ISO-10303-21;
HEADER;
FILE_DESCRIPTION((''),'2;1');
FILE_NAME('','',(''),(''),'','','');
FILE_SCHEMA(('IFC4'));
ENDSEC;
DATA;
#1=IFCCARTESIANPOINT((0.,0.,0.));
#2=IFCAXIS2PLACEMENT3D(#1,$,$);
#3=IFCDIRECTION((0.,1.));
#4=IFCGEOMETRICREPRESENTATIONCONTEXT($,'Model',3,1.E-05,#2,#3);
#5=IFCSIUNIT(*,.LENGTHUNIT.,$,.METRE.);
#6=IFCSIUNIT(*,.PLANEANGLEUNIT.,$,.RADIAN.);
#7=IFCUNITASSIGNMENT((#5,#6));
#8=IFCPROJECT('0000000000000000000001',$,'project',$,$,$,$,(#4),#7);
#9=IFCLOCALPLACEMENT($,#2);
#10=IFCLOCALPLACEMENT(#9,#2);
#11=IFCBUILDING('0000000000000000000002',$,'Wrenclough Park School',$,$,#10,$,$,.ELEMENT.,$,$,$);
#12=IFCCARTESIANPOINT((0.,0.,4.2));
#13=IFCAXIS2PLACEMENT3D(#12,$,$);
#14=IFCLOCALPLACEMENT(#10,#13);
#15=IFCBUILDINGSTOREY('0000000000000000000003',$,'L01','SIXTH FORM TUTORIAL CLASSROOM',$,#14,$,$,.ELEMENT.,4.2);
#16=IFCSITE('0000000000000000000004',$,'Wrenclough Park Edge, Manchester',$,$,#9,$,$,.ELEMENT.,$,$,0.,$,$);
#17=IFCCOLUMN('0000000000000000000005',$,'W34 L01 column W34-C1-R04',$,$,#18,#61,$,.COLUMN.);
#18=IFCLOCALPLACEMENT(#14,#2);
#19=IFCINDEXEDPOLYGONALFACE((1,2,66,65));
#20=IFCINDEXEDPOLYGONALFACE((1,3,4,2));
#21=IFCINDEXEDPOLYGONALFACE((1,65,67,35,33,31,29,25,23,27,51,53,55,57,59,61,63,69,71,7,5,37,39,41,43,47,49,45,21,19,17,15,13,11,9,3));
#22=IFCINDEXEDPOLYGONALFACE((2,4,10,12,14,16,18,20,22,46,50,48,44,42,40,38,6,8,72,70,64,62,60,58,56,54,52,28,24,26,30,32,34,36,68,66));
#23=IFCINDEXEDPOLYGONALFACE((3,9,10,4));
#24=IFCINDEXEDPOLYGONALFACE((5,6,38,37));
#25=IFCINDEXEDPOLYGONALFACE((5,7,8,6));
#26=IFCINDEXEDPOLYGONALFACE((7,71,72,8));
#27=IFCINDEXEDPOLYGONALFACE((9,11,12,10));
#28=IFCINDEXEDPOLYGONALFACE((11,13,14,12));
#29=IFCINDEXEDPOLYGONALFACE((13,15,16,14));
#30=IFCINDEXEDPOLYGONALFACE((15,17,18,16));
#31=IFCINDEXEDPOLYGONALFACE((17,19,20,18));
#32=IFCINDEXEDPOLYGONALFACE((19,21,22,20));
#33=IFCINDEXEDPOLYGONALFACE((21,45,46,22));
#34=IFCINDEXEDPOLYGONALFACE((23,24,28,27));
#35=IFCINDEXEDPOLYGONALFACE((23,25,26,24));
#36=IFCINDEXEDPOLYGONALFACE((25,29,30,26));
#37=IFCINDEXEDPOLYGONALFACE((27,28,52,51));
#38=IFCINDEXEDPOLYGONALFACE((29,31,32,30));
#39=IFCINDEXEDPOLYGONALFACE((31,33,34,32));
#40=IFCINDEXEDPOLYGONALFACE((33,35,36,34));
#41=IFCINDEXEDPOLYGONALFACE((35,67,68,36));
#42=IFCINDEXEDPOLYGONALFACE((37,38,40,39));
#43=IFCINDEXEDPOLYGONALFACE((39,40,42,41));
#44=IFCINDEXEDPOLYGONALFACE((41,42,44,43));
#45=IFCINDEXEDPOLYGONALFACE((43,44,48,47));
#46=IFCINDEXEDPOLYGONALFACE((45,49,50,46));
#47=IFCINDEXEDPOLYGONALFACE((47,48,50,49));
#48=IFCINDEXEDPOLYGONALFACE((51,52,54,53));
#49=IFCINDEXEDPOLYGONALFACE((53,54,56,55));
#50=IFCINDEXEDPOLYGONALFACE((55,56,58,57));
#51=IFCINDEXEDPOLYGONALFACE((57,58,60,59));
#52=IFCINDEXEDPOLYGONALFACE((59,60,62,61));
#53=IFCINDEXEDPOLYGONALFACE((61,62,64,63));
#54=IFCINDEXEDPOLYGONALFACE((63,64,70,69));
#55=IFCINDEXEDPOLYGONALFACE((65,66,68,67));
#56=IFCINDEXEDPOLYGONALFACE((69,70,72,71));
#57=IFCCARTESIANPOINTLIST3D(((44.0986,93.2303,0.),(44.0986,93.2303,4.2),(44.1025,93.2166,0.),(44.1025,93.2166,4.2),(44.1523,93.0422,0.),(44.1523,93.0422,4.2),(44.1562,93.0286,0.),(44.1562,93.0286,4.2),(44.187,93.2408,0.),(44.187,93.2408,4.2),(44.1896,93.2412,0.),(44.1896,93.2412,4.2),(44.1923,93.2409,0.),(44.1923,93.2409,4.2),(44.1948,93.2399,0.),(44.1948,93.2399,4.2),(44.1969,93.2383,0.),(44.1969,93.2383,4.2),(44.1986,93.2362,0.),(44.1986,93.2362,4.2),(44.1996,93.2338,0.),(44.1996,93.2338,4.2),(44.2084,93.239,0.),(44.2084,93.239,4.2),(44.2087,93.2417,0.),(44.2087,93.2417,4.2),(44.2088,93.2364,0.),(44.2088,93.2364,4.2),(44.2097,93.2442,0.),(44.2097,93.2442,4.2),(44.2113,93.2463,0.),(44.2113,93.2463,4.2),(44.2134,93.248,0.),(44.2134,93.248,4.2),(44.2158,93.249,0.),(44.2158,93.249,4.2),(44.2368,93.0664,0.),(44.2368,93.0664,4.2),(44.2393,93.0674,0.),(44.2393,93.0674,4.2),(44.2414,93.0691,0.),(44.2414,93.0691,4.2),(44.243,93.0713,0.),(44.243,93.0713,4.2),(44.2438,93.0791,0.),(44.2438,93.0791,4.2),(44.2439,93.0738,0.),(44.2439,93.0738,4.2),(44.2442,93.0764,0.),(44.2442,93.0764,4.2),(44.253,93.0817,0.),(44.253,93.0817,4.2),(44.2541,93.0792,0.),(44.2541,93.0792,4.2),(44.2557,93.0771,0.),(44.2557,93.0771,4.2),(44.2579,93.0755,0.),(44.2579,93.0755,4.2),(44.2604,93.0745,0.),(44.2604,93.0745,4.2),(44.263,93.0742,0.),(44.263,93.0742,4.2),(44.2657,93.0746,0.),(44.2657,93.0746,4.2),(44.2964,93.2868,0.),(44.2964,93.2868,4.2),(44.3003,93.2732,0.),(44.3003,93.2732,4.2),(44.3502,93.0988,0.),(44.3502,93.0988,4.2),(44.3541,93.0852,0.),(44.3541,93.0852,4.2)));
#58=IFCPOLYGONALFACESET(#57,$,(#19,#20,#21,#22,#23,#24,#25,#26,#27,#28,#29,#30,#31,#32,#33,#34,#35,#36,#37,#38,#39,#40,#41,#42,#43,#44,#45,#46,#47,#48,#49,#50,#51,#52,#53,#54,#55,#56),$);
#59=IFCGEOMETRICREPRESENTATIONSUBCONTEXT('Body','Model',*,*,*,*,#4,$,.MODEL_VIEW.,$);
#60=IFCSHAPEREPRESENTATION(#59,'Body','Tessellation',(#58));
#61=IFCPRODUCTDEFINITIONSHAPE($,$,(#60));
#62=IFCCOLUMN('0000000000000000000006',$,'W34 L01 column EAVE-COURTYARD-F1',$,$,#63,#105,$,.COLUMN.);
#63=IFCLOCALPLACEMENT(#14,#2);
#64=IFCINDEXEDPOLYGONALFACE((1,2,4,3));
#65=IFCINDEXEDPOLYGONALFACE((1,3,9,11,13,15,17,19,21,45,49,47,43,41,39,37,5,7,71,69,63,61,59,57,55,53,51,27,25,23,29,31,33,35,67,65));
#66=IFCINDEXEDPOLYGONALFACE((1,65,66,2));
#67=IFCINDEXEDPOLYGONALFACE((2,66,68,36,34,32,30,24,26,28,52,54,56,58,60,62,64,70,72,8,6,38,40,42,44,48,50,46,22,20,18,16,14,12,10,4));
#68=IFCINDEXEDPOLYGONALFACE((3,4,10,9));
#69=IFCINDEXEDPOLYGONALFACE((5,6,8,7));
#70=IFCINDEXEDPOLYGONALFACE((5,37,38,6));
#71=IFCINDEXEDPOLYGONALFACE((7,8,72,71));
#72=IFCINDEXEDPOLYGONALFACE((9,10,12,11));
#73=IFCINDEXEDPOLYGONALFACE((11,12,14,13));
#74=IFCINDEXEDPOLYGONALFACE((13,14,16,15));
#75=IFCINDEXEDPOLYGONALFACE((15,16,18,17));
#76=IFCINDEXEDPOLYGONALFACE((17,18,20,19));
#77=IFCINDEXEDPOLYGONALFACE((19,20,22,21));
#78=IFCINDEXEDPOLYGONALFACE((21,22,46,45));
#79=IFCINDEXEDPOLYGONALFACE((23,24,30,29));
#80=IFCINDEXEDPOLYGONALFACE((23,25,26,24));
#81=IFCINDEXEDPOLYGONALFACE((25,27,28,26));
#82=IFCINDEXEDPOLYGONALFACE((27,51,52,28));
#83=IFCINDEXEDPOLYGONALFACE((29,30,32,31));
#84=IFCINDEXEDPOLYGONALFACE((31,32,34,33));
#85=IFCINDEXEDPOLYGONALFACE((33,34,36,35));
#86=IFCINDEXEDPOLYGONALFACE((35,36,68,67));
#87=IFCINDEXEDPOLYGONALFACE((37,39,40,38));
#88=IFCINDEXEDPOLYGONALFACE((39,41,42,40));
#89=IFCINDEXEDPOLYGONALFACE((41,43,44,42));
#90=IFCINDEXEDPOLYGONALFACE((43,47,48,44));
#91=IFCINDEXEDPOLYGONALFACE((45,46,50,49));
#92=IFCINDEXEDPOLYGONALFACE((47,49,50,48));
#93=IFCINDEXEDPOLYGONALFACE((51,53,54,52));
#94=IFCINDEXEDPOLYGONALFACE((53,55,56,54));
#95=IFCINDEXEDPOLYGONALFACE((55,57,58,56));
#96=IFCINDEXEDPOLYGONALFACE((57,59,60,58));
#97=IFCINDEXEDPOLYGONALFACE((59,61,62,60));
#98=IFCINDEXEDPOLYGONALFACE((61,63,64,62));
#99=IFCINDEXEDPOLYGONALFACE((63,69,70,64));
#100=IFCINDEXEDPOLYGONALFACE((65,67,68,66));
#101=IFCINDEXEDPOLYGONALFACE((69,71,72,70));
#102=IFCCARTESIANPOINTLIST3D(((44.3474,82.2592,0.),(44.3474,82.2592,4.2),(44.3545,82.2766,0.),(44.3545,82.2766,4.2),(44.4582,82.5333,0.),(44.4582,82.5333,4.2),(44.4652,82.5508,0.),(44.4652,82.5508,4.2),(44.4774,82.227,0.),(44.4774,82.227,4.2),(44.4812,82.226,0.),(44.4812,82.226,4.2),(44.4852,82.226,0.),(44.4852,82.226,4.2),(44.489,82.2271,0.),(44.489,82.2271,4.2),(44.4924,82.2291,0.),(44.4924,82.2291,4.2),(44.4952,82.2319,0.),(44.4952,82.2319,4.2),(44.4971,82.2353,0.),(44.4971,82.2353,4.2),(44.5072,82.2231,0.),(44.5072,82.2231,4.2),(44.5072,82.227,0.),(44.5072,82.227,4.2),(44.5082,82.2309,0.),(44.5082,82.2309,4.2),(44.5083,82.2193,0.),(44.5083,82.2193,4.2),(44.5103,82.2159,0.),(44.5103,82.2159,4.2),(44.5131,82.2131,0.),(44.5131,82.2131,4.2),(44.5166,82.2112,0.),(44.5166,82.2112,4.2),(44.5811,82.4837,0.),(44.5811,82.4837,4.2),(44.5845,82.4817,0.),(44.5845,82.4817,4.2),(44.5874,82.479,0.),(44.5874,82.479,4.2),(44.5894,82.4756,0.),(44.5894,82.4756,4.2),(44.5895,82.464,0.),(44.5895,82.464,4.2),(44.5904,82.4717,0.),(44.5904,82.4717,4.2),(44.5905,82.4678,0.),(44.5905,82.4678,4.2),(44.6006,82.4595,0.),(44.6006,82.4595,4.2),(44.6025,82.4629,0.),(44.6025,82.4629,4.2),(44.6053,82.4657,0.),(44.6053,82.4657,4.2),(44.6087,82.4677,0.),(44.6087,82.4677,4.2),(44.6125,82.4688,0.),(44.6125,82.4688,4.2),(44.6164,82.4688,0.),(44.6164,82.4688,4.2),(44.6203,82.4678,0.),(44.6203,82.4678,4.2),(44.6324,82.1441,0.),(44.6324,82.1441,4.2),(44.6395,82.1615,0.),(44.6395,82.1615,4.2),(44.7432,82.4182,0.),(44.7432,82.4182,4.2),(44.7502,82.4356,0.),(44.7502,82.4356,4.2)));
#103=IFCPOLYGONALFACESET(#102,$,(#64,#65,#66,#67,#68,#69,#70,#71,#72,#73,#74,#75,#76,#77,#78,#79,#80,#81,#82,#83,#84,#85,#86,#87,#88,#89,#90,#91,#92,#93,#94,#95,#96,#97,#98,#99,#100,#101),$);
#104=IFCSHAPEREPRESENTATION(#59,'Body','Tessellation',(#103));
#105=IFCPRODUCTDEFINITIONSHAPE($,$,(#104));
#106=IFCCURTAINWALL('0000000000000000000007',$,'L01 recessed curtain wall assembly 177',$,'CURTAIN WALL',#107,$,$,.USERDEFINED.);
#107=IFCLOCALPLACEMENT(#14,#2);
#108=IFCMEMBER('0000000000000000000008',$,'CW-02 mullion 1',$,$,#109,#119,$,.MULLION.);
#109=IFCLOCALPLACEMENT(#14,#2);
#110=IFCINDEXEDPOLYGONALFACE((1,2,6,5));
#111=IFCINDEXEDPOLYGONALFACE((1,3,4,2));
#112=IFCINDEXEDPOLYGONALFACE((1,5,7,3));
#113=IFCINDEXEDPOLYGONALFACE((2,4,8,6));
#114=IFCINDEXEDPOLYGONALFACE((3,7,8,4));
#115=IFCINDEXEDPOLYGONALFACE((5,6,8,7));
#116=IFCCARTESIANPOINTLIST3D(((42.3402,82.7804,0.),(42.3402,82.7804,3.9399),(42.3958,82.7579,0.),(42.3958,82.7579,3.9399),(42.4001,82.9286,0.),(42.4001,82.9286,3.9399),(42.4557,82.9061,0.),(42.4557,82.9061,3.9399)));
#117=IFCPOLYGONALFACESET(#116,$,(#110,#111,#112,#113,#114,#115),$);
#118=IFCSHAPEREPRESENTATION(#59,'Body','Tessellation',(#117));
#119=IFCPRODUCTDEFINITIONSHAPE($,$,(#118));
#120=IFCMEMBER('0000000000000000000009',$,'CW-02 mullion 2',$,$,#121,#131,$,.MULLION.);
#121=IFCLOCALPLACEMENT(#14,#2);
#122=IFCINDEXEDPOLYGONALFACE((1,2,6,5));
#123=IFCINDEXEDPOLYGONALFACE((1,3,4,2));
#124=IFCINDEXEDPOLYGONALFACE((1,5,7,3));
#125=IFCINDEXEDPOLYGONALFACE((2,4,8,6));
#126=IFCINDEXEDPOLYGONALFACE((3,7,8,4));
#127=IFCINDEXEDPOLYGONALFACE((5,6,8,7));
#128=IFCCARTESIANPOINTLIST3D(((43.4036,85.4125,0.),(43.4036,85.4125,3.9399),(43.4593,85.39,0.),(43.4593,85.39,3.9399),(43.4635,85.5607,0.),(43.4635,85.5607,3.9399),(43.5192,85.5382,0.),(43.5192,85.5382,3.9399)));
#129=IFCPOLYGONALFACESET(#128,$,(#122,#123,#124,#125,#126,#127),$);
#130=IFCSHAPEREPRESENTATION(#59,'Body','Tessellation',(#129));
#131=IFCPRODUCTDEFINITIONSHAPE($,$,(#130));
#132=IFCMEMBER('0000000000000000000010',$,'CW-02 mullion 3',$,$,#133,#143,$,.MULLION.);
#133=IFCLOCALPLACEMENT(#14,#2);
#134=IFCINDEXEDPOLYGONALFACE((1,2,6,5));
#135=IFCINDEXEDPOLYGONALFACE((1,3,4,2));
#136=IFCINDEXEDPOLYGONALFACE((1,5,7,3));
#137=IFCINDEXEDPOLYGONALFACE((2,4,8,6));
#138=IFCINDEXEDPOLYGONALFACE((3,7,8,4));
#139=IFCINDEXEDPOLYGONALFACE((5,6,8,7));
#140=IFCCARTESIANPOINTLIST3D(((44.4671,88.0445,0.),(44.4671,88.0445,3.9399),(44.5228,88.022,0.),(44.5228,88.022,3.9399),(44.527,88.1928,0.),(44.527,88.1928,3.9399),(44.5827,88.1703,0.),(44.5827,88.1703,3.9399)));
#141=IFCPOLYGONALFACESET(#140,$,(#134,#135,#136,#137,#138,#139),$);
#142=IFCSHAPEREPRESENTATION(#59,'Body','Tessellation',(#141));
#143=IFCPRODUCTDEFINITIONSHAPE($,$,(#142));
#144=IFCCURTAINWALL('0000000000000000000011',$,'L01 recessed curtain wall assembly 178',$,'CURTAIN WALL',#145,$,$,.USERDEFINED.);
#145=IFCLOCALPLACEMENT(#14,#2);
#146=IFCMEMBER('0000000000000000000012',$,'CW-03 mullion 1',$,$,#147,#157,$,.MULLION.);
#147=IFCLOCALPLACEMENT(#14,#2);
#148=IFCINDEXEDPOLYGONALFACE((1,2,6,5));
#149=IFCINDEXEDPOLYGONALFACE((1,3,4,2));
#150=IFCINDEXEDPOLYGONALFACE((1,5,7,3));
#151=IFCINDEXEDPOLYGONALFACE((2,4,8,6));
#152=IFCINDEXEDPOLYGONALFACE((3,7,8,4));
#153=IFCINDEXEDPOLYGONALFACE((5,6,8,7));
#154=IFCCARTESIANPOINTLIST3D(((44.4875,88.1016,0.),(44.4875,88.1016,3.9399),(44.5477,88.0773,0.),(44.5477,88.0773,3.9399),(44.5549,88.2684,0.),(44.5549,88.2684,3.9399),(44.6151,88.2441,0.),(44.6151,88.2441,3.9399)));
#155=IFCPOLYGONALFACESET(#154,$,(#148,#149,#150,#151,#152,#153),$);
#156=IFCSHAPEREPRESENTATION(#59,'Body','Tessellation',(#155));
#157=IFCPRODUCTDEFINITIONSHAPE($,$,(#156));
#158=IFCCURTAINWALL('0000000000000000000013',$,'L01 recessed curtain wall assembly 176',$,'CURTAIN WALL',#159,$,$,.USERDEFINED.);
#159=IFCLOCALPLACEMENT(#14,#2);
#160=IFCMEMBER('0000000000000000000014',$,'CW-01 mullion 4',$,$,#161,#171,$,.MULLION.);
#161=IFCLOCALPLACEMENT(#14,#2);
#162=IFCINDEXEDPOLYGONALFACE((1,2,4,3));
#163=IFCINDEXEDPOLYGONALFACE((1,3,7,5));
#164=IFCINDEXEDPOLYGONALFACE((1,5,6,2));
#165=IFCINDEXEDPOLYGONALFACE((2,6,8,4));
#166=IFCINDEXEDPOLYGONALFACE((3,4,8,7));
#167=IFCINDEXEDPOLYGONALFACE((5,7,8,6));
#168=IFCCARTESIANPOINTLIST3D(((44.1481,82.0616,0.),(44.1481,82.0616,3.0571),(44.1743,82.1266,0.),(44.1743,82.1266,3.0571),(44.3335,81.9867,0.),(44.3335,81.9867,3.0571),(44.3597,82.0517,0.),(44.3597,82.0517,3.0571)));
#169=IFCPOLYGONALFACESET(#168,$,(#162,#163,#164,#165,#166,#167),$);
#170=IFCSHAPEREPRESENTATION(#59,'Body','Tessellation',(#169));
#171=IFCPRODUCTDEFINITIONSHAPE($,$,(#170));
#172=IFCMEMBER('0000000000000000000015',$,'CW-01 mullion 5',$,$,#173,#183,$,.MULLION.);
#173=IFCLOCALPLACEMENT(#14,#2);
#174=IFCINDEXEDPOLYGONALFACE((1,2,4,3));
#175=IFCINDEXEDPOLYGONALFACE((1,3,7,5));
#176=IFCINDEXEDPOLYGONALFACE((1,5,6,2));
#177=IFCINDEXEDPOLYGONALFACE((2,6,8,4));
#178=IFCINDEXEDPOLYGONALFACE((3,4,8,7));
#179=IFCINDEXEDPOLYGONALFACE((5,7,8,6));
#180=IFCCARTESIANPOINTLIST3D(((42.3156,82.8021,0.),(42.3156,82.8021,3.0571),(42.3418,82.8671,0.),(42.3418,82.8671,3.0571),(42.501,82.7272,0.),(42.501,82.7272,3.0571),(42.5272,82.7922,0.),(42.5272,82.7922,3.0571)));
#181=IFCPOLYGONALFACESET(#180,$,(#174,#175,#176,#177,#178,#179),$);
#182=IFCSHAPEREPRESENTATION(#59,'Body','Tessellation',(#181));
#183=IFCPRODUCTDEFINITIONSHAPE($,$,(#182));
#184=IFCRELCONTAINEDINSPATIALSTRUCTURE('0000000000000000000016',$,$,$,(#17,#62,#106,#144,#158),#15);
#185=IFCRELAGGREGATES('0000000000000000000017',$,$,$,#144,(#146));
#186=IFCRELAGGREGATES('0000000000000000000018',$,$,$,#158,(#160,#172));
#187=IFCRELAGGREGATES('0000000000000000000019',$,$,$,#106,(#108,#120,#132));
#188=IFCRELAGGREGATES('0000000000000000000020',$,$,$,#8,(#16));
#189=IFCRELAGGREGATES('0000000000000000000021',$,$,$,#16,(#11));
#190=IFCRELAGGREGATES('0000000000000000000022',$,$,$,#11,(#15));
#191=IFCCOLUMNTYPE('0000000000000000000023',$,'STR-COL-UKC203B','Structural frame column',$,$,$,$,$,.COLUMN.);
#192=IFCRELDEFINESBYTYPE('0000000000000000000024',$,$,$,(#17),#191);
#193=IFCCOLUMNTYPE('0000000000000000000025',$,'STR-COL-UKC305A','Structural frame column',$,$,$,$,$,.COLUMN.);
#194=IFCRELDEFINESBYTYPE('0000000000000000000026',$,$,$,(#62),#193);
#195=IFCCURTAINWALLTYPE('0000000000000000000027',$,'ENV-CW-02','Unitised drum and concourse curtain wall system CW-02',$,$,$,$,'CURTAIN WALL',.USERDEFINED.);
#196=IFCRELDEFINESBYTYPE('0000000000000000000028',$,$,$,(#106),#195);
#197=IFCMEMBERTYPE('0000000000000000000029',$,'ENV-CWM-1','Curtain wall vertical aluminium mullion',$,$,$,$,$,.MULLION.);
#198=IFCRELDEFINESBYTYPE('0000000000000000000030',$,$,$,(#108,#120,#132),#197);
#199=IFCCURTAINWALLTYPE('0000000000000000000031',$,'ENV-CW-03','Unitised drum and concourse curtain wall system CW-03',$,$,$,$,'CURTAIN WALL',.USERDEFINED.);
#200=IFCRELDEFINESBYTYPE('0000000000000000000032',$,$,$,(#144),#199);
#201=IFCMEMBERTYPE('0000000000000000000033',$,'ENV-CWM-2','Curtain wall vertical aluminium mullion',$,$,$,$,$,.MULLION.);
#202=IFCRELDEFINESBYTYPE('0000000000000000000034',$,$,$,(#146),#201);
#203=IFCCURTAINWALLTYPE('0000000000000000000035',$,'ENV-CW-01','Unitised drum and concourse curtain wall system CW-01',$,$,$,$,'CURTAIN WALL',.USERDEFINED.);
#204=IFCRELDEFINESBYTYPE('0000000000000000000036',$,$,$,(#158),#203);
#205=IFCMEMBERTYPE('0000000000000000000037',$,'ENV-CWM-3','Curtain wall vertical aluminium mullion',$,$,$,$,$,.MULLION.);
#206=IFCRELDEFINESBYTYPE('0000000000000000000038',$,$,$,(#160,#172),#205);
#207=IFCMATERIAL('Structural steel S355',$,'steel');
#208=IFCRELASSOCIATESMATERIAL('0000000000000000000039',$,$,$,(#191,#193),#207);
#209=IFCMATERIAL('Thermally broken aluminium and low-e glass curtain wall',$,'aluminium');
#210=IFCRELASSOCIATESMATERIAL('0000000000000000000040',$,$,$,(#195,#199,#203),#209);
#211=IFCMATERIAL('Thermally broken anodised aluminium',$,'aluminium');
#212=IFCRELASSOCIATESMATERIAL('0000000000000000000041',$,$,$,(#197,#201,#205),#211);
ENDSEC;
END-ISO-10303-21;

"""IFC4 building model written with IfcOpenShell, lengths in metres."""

from ifc_helpers import new_model, si_unit, direction, frame, origin, origin_2d, place, context, subcontext, project, spatial, rectangle, i_section, extrude, material, material_profile, profile_set, type_object, element, aggregate, save


model = new_model("IFC4")

# Units and contexts
model_context = context("Model", 3, precision=1e-05, world=origin(), true_north=direction((0.0, 1.0)))
body_context = subcontext(model_context, "Body", "Model", "MODEL_VIEW")
ifc_project = project(units=[si_unit("LENGTHUNIT", "METRE"), si_unit("PLANEANGLEUNIT", "RADIAN")], contexts=[model_context])

# Site, building, storey
site_placement = place(None, origin())
site = spatial("IfcSite", under=ifc_project, at=site_placement, Name="Wrenclough Park Edge, Manchester", CompositionType="ELEMENT", RefElevation=0.0)
building_placement = place(site_placement, origin())
building = spatial("IfcBuilding", under=site, at=building_placement, Name="Wrenclough Park School", CompositionType="ELEMENT")
storey_placement = place(building_placement, frame((0.0, 0.0, 4.2)))
storey = spatial("IfcBuildingStorey", under=building, at=storey_placement, Name="L01", Description="SIXTH FORM TUTORIAL CLASSROOM", CompositionType="ELEMENT", Elevation=4.2)

# Columns
ifc_material_1 = material(Name="Structural steel S355", Category="steel")
ifc_material_profile_1 = material_profile(ifc_material_1, i_section(OverallWidth=0.2058, OverallDepth=0.2097, WebThickness=0.0095, FlangeThickness=0.0142, FilletRadius=0.0103, at=origin_2d()), Name="UKC 203x203x60")
ifc_profile_set_1 = profile_set([ifc_material_profile_1], Name="Structural steel S355")
column_type_1 = type_object("IfcColumnType", Name="STR-COL-UKC203B", Description="Structural frame column", PredefinedType="COLUMN", material=ifc_profile_set_1)
column_1_placement = place(storey_placement, frame((44.2263, 93.1577, 0.0), z_axis=(0.0, 0.0, 1.0), x_axis=(0.961502, 0.274798, 0.0)))
element("IfcColumn", 1, at=column_1_placement, inside=storey, type_object=column_type_1, Name="W34 L01 column W34-C1-R04", PredefinedType="COLUMN", context=body_context, shape_type="SweptSolid", body=[
    extrude(i_section(OverallWidth=0.2058, OverallDepth=0.2097, WebThickness=0.0095, FlangeThickness=0.0142, FilletRadius=0.0103, at=origin_2d()), origin(), (0.0, 0.0, 1.0), 4.2),
])
ifc_material_profile_2 = material_profile(ifc_material_1, i_section(OverallWidth=0.3074, OverallDepth=0.3145, WebThickness=0.012, FlangeThickness=0.0188, FilletRadius=0.0151, at=origin_2d()), Name="UKC 305x305x118")
ifc_profile_set_2 = profile_set([ifc_material_profile_2], Name="Structural steel S355")
column_type_2 = type_object("IfcColumnType", Name="STR-COL-UKC305A", Description="Structural frame column", PredefinedType="COLUMN", material=ifc_profile_set_2)
column_2_placement = place(storey_placement, frame((44.5488, 82.3474, 0.0), z_axis=(0.0, 0.0, 1.0), x_axis=(0.927184, -0.374607, 0.0)))
element("IfcColumn", 2, at=column_2_placement, inside=storey, type_object=column_type_2, Name="W34 L01 column EAVE-COURTYARD-F1", PredefinedType="COLUMN", context=body_context, shape_type="SweptSolid", body=[
    extrude(i_section(OverallWidth=0.3074, OverallDepth=0.3145, WebThickness=0.012, FlangeThickness=0.0188, FilletRadius=0.0151, at=origin_2d()), origin(), (0.0, 0.0, 1.0), 4.2),
])

# Curtain wall, members
ifc_material_2 = material(Name="Thermally broken aluminium and low-e glass curtain wall", Category="aluminium")
curtain_wall_type_1 = type_object("IfcCurtainWallType", Name="ENV-CW-02", Description="Unitised drum and concourse curtain wall system CW-02", ElementType="CURTAIN WALL", PredefinedType="USERDEFINED", material=ifc_material_2)
curtain_wall_1_placement = place(storey_placement, origin())
curtain_wall_1 = element("IfcCurtainWall", 3, at=curtain_wall_1_placement, inside=storey, type_object=curtain_wall_type_1, Name="L01 recessed curtain wall assembly 177", ObjectType="CURTAIN WALL", PredefinedType="USERDEFINED")
ifc_material_3 = material(Name="Thermally broken anodised aluminium", Category="aluminium")
ifc_material_profile_3 = material_profile(ifc_material_3, rectangle(XDim=0.0601, YDim=0.1599, at=origin_2d()), Name="AL MULLION 60x160")
ifc_profile_set_3 = profile_set([ifc_material_profile_3], Name="Thermally broken anodised aluminium")
member_type_1 = type_object("IfcMemberType", Name="ENV-CWM-1", Description="Curtain wall vertical aluminium mullion", PredefinedType="MULLION", material=ifc_profile_set_3)
member_1_placement = place(storey_placement, frame((42.3979, 82.8433, 0.0), z_axis=(0.0, 0.0, 1.0), x_axis=(-0.927189, 0.374595, 0.0)))
member_1 = element("IfcMember", 4, at=member_1_placement, type_object=member_type_1, Name="CW-02 mullion 1", PredefinedType="MULLION", context=body_context, shape_type="SweptSolid", body=[
    extrude(rectangle(XDim=0.0601, YDim=0.1599, at=origin_2d()), origin(), (0.0, 0.0, 1.0), 3.9399),
])
member_2_placement = place(storey_placement, frame((43.4614, 85.4753, 0.0), z_axis=(0.0, 0.0, 1.0), x_axis=(-0.927189, 0.374595, 0.0)))
member_2 = element("IfcMember", 5, at=member_2_placement, type_object=member_type_1, Name="CW-02 mullion 2", PredefinedType="MULLION", context=body_context, shape_type="SweptSolid", body=[
    extrude(rectangle(XDim=0.0601, YDim=0.1599, at=origin_2d()), origin(), (0.0, 0.0, 1.0), 3.9399),
])
member_3_placement = place(storey_placement, frame((44.5249, 88.1074, 0.0), z_axis=(0.0, 0.0, 1.0), x_axis=(-0.927189, 0.374595, 0.0)))
member_3 = element("IfcMember", 6, at=member_3_placement, type_object=member_type_1, Name="CW-02 mullion 3", PredefinedType="MULLION", context=body_context, shape_type="SweptSolid", body=[
    extrude(rectangle(XDim=0.0601, YDim=0.1599, at=origin_2d()), origin(), (0.0, 0.0, 1.0), 3.9399),
])

# Curtain wall, member
curtain_wall_type_2 = type_object("IfcCurtainWallType", Name="ENV-CW-03", Description="Unitised drum and concourse curtain wall system CW-03", ElementType="CURTAIN WALL", PredefinedType="USERDEFINED", material=ifc_material_2)
curtain_wall_2_placement = place(storey_placement, origin())
curtain_wall_2 = element("IfcCurtainWall", 7, at=curtain_wall_2_placement, inside=storey, type_object=curtain_wall_type_2, Name="L01 recessed curtain wall assembly 178", ObjectType="CURTAIN WALL", PredefinedType="USERDEFINED")
ifc_material_profile_4 = material_profile(ifc_material_3, rectangle(XDim=0.0649, YDim=0.1799, at=origin_2d()), Name="AL MULLION 65x180")
ifc_profile_set_4 = profile_set([ifc_material_profile_4], Name="Thermally broken anodised aluminium")
member_type_2 = type_object("IfcMemberType", Name="ENV-CWM-2", Description="Curtain wall vertical aluminium mullion", PredefinedType="MULLION", material=ifc_profile_set_4)
member_4_placement = place(storey_placement, frame((44.5513, 88.1729, 0.0), z_axis=(0.0, 0.0, 1.0), x_axis=(-0.927185, 0.374604, 0.0)))
member_4 = element("IfcMember", 8, at=member_4_placement, type_object=member_type_2, Name="CW-03 mullion 1", PredefinedType="MULLION", context=body_context, shape_type="SweptSolid", body=[
    extrude(rectangle(XDim=0.0649, YDim=0.1799, at=origin_2d()), origin(), (0.0, 0.0, 1.0), 3.9399),
])

# Curtain wall, members
curtain_wall_type_3 = type_object("IfcCurtainWallType", Name="ENV-CW-01", Description="Unitised drum and concourse curtain wall system CW-01", ElementType="CURTAIN WALL", PredefinedType="USERDEFINED", material=ifc_material_2)
curtain_wall_3_placement = place(storey_placement, origin())
curtain_wall_3 = element("IfcCurtainWall", 9, at=curtain_wall_3_placement, inside=storey, type_object=curtain_wall_type_3, Name="L01 recessed curtain wall assembly 176", ObjectType="CURTAIN WALL", PredefinedType="USERDEFINED")
ifc_material_profile_5 = material_profile(ifc_material_3, rectangle(XDim=0.0701, YDim=0.2, at=origin_2d()), Name="AL MULLION 70x200")
ifc_profile_set_5 = profile_set([ifc_material_profile_5], Name="Thermally broken anodised aluminium")
member_type_3 = type_object("IfcMemberType", Name="ENV-CWM-3", Description="Curtain wall vertical aluminium mullion", PredefinedType="MULLION", material=ifc_profile_set_5)
member_5_placement = place(storey_placement, frame((44.2539, 82.0566, 0.0), z_axis=(0.0, 0.0, 1.0), x_axis=(-0.374603, -0.927185, 0.0)))
member_5 = element("IfcMember", 10, at=member_5_placement, type_object=member_type_3, Name="CW-01 mullion 4", PredefinedType="MULLION", context=body_context, shape_type="SweptSolid", body=[
    extrude(rectangle(XDim=0.0701, YDim=0.2, at=origin_2d()), origin(), (0.0, 0.0, 1.0), 3.0571),
])
member_6_placement = place(storey_placement, frame((42.4214, 82.7971, 0.0), z_axis=(0.0, 0.0, 1.0), x_axis=(-0.374603, -0.927185, 0.0)))
member_6 = element("IfcMember", 11, at=member_6_placement, type_object=member_type_3, Name="CW-01 mullion 5", PredefinedType="MULLION", context=body_context, shape_type="SweptSolid", body=[
    extrude(rectangle(XDim=0.0701, YDim=0.2, at=origin_2d()), origin(), (0.0, 0.0, 1.0), 3.0571),
])

aggregate(curtain_wall_2, [member_4])

aggregate(curtain_wall_3, [member_5, member_6])
aggregate(curtain_wall_1, [member_1, member_2, member_3])

save(model, "model.ifc")
